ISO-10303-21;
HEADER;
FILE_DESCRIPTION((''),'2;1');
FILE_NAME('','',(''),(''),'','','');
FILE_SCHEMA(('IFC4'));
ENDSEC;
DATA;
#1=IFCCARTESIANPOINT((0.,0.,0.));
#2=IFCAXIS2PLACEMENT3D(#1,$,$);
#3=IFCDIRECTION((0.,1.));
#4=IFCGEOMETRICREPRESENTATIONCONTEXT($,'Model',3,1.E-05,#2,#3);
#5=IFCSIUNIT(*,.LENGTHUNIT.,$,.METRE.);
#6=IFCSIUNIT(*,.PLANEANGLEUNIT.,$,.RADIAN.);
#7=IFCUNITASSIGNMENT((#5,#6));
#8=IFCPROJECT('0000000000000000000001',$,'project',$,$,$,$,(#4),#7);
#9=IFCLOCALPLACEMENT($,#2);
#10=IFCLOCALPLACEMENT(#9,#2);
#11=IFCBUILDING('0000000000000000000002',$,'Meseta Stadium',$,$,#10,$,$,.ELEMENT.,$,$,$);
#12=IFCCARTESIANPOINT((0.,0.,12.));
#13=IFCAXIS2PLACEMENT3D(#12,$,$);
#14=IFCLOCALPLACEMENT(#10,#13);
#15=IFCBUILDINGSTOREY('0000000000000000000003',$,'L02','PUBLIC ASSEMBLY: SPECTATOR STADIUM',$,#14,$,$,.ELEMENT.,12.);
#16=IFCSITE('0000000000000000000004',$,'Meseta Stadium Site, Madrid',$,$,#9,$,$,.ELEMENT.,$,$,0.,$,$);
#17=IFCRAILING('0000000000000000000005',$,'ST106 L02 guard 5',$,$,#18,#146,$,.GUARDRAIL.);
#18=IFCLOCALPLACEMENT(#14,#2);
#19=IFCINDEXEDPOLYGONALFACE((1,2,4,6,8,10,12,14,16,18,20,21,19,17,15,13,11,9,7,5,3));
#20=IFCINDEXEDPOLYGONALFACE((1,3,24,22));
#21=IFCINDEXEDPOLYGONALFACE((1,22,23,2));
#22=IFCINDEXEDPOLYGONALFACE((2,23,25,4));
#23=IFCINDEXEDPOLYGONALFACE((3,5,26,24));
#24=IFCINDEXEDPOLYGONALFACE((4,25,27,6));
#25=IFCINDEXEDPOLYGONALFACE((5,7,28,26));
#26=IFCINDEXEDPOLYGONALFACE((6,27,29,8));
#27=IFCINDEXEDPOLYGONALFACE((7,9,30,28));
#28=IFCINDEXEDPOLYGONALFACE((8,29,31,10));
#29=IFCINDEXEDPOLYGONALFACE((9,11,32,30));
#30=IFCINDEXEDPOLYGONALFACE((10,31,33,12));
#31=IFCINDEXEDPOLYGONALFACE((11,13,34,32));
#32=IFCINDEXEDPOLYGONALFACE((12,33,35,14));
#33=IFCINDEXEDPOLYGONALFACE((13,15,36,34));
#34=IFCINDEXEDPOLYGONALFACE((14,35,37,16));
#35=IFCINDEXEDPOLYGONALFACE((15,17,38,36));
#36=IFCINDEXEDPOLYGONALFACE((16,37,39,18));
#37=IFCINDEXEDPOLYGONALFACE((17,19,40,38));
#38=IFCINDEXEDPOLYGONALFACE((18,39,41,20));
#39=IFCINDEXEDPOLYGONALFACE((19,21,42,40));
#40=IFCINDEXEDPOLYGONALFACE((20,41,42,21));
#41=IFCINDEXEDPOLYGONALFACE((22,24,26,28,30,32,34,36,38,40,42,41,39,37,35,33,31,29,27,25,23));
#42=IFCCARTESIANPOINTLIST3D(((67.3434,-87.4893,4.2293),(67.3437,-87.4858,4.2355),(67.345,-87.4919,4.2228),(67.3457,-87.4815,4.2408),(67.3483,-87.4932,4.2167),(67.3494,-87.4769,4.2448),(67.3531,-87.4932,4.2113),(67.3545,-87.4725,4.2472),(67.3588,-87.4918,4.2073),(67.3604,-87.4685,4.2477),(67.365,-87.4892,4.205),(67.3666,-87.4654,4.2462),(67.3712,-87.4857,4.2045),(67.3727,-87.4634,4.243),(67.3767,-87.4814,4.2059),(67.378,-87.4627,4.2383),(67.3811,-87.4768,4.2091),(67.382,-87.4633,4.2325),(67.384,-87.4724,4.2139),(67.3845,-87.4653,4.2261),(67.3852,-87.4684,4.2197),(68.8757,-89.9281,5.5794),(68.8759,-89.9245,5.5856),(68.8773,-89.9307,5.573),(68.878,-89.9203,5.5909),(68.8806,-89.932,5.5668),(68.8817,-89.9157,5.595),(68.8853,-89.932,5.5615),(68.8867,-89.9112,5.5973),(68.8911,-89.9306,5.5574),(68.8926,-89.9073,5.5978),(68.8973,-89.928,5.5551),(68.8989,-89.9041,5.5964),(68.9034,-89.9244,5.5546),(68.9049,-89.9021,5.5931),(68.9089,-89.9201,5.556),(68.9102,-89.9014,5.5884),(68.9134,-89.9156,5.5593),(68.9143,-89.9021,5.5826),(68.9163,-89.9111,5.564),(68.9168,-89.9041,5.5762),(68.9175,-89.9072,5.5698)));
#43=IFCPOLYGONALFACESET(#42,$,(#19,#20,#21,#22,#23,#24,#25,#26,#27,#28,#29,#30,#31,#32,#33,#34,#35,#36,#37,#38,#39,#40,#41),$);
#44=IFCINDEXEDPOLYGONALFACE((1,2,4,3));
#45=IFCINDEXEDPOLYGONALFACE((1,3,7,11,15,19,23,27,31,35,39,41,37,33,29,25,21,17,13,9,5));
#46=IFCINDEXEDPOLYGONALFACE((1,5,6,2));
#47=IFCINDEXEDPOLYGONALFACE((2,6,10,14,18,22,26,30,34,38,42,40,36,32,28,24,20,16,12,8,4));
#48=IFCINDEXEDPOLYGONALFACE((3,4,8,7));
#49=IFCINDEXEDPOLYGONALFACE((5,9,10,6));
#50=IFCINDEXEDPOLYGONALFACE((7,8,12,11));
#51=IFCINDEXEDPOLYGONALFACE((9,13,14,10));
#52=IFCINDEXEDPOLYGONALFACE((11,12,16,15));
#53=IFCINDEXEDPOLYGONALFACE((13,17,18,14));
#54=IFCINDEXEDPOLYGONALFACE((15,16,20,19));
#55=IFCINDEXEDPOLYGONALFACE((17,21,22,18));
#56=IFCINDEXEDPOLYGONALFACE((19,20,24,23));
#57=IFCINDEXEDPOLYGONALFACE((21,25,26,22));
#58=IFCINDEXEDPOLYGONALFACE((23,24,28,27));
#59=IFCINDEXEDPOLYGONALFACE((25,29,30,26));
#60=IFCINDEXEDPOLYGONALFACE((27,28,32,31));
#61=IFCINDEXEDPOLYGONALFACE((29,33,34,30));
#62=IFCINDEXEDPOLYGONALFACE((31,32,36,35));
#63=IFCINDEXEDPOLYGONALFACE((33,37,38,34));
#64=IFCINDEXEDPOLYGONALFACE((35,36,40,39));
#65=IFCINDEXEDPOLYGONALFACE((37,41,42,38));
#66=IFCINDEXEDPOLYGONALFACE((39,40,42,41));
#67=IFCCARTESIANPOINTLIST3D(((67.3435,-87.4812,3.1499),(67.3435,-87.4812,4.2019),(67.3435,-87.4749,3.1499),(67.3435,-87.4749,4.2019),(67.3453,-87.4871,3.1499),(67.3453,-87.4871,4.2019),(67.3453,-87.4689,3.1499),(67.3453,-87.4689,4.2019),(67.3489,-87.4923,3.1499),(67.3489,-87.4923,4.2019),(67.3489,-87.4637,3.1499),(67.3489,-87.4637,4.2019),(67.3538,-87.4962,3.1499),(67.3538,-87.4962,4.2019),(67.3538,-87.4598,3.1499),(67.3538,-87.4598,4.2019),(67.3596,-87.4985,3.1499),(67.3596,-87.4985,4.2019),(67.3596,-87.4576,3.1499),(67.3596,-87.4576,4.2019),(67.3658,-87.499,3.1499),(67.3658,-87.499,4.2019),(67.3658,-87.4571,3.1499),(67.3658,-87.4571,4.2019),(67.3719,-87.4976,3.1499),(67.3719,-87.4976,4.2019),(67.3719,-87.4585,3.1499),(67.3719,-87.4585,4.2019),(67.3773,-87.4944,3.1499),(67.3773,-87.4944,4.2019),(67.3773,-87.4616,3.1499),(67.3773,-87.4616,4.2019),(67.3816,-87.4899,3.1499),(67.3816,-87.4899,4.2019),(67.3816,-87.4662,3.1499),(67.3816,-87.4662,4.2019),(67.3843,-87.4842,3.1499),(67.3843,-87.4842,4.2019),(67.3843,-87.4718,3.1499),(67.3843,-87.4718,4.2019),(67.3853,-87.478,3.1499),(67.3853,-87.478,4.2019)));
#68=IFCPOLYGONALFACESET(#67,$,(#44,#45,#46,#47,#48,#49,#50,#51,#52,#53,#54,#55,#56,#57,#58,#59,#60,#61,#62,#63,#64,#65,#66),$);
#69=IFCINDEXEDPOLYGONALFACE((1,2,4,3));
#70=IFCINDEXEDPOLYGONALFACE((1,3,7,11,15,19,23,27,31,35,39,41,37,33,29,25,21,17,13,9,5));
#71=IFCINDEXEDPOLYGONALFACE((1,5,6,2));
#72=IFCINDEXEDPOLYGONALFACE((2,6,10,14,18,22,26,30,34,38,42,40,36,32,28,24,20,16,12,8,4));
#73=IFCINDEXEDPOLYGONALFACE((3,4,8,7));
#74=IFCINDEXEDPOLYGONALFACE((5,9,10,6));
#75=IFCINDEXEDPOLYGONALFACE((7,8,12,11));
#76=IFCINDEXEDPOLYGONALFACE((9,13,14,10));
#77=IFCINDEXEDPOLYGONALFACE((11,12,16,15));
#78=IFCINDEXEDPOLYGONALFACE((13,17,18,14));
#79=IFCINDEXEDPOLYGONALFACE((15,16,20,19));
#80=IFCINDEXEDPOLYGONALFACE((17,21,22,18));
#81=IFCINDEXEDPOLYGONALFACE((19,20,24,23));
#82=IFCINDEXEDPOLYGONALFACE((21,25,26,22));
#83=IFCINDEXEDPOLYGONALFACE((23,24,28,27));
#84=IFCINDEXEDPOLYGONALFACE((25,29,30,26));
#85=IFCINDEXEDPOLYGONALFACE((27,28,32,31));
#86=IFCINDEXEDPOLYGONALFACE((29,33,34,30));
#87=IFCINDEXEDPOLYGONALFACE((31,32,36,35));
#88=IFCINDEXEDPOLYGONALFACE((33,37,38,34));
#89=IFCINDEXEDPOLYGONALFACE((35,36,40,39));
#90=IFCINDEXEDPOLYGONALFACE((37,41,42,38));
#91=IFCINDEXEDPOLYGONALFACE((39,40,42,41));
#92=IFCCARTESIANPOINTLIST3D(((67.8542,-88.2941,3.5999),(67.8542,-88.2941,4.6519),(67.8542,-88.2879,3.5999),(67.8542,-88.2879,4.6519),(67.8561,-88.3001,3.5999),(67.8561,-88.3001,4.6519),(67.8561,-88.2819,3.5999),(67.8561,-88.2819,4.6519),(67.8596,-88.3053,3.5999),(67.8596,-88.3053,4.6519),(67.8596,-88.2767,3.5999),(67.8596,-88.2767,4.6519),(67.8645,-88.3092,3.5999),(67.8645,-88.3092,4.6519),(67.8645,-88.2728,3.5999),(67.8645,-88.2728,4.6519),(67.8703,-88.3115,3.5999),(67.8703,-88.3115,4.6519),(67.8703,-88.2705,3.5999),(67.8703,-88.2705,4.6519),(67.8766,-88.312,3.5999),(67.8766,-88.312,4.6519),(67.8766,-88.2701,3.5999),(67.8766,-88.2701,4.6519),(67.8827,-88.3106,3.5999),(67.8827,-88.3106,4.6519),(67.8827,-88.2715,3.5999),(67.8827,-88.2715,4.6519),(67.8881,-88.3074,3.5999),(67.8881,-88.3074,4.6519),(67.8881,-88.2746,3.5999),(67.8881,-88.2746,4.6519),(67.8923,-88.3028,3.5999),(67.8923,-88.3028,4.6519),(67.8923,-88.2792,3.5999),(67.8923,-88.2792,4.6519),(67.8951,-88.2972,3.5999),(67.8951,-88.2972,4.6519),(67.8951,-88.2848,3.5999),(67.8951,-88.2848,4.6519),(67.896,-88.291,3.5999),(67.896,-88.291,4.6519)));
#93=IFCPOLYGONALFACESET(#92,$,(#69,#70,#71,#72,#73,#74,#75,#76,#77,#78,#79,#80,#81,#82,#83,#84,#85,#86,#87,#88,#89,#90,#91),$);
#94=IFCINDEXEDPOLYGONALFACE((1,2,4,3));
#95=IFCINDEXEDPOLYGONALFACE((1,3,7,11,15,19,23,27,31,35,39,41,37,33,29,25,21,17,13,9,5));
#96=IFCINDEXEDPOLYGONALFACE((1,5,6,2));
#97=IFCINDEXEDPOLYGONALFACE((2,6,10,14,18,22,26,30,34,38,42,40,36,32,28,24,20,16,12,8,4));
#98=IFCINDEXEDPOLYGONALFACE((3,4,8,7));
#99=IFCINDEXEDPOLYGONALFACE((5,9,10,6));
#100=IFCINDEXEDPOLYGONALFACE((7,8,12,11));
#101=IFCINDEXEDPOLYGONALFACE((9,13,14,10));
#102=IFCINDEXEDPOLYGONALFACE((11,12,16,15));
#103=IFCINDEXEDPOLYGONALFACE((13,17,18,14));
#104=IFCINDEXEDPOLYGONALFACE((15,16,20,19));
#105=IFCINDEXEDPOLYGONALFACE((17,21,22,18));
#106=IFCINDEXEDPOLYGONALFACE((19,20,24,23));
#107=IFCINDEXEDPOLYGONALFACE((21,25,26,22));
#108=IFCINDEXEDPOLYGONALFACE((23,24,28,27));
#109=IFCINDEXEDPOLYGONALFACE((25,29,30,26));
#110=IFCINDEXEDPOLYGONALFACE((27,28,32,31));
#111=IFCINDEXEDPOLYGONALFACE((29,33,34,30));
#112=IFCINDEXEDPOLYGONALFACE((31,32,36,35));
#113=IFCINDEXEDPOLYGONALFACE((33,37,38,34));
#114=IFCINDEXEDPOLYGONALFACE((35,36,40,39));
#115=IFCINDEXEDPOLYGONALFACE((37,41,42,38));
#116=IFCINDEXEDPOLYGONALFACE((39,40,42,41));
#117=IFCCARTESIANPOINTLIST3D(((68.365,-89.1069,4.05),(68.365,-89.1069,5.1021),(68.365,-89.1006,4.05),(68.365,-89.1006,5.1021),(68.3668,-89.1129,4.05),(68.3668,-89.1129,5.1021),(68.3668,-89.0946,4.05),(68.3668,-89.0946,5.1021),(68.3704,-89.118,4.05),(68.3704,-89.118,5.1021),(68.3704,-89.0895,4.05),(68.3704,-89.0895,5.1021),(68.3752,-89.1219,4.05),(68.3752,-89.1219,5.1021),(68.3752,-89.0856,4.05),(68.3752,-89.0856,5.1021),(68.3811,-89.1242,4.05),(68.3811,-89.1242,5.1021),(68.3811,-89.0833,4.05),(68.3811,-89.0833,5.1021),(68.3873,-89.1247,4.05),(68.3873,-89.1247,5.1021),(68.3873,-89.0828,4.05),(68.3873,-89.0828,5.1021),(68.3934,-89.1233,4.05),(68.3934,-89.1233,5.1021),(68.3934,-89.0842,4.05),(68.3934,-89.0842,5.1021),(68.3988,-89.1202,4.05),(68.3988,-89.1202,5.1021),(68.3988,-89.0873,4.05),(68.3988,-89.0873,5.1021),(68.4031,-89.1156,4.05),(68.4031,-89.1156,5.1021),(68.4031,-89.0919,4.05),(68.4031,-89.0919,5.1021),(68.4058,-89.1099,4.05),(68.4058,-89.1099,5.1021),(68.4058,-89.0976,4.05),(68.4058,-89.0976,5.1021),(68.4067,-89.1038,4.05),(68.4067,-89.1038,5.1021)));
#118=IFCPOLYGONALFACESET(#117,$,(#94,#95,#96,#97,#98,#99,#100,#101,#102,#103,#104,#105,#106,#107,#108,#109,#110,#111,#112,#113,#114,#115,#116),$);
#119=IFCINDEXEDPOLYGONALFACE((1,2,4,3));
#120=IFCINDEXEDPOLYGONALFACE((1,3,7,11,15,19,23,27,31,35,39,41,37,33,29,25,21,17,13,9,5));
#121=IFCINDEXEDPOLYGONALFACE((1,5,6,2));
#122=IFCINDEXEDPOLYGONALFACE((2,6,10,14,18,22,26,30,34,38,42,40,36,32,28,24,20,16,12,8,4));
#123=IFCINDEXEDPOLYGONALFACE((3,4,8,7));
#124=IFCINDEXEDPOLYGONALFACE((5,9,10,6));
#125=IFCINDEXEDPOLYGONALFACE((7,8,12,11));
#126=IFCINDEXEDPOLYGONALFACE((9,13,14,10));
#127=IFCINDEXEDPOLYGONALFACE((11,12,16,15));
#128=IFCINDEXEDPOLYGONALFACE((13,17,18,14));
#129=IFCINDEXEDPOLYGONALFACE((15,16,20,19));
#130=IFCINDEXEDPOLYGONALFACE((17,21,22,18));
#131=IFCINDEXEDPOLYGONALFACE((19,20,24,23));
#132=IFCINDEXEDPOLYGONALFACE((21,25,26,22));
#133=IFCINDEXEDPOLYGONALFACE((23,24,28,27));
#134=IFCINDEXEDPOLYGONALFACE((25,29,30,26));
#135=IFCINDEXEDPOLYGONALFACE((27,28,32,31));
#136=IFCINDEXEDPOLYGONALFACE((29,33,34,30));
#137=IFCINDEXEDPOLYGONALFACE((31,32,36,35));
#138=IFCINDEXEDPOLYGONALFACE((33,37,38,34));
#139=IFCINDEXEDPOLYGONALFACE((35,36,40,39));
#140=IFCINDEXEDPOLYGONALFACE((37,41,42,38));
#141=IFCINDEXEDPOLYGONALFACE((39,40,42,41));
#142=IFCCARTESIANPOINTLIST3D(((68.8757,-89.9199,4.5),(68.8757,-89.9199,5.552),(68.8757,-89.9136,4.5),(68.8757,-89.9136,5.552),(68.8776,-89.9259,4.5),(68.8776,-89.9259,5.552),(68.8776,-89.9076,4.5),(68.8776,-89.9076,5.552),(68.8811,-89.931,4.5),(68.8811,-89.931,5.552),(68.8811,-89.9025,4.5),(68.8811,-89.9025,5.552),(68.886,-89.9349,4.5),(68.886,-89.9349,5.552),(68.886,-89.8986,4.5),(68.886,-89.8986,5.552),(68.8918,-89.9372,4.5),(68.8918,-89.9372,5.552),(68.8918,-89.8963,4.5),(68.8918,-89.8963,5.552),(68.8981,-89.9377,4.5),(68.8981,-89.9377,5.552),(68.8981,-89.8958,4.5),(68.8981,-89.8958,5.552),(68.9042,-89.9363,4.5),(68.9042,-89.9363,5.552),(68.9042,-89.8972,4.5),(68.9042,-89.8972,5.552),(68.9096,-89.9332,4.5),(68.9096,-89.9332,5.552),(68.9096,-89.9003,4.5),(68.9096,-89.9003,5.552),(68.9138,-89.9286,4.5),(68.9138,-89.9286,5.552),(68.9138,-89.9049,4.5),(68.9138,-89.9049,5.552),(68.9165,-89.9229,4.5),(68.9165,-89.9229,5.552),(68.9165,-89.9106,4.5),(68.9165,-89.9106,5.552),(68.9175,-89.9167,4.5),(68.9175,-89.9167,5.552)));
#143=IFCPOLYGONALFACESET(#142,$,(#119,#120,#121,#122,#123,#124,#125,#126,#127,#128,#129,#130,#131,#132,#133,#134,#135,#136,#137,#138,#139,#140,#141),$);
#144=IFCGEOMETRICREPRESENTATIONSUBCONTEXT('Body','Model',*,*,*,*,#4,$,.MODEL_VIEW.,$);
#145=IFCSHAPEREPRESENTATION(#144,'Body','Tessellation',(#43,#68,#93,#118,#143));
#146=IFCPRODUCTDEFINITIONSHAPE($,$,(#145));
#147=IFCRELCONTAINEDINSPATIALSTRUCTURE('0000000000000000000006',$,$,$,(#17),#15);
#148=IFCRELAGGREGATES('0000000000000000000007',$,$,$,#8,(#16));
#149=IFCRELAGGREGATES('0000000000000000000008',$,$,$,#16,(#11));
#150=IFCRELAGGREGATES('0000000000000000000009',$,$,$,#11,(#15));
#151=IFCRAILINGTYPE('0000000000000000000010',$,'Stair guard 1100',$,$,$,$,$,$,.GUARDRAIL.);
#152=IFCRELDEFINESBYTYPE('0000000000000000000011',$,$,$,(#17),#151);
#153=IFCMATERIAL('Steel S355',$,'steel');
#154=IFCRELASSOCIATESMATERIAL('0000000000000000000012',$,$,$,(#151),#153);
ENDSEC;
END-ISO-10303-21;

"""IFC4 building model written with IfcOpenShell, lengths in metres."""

from ifc_helpers import new_model, si_unit, direction, frame, origin, origin_2d, place, context, subcontext, project, spatial, circle, extrude, material, type_object, element, save


model = new_model("IFC4")

# Units and contexts
model_context = context("Model", 3, precision=1e-05, world=origin(), true_north=direction((0.0, 1.0)))
body_context = subcontext(model_context, "Body", "Model", "MODEL_VIEW")
ifc_project = project(units=[si_unit("LENGTHUNIT", "METRE"), si_unit("PLANEANGLEUNIT", "RADIAN")], contexts=[model_context])

# Site, building, storey
site_placement = place(None, origin())
site = spatial("IfcSite", under=ifc_project, at=site_placement, Name="Meseta Stadium Site, Madrid", CompositionType="ELEMENT", RefElevation=0.0)
building_placement = place(site_placement, origin())
building = spatial("IfcBuilding", under=site, at=building_placement, Name="Meseta Stadium", CompositionType="ELEMENT")
storey_placement = place(building_placement, frame((0.0, 0.0, 12.0)))
storey = spatial("IfcBuildingStorey", under=building, at=storey_placement, Name="L02", Description="PUBLIC ASSEMBLY: SPECTATOR STADIUM", CompositionType="ELEMENT", Elevation=12.0)

# Railing
ifc_material_1 = material(Name="Steel S355", Category="steel")
railing_type_1 = type_object("IfcRailingType", Name="Stair guard 1100", PredefinedType="GUARDRAIL", material=ifc_material_1)
railing_1_placement = place(storey_placement, frame((67.3643, -87.478, 3.1499)))
element("IfcRailing", 1, at=railing_1_placement, inside=storey, type_object=railing_type_1, Name="ST106 L02 guard 5", PredefinedType="GUARDRAIL", context=body_context, shape_type="SweptSolid", body=[
    extrude(circle(Radius=0.0239, at=origin_2d()), frame((0.0, 0.0, 1.0762), z_axis=(0.481703, -0.766687, 0.424445), x_axis=(0.846743, 0.532001, 0.0)), (0.0, 0.0, 1.0), 3.1809),
    extrude(circle(Radius=0.021, at=origin_2d()), origin(), (0.0, 0.0, 1.0), 1.052),
    extrude(circle(Radius=0.021, at=origin_2d()), frame((0.5107, -0.813, 0.45)), (0.0, 0.0, 1.0), 1.052),
    extrude(circle(Radius=0.021, at=origin_2d()), frame((1.0215, -1.6257, 0.9001)), (0.0, 0.0, 1.0), 1.052),
    extrude(circle(Radius=0.021, at=origin_2d()), frame((1.5322, -2.4387, 1.3501)), (0.0, 0.0, 1.0), 1.052),
])

save(model, "model.ifc")
